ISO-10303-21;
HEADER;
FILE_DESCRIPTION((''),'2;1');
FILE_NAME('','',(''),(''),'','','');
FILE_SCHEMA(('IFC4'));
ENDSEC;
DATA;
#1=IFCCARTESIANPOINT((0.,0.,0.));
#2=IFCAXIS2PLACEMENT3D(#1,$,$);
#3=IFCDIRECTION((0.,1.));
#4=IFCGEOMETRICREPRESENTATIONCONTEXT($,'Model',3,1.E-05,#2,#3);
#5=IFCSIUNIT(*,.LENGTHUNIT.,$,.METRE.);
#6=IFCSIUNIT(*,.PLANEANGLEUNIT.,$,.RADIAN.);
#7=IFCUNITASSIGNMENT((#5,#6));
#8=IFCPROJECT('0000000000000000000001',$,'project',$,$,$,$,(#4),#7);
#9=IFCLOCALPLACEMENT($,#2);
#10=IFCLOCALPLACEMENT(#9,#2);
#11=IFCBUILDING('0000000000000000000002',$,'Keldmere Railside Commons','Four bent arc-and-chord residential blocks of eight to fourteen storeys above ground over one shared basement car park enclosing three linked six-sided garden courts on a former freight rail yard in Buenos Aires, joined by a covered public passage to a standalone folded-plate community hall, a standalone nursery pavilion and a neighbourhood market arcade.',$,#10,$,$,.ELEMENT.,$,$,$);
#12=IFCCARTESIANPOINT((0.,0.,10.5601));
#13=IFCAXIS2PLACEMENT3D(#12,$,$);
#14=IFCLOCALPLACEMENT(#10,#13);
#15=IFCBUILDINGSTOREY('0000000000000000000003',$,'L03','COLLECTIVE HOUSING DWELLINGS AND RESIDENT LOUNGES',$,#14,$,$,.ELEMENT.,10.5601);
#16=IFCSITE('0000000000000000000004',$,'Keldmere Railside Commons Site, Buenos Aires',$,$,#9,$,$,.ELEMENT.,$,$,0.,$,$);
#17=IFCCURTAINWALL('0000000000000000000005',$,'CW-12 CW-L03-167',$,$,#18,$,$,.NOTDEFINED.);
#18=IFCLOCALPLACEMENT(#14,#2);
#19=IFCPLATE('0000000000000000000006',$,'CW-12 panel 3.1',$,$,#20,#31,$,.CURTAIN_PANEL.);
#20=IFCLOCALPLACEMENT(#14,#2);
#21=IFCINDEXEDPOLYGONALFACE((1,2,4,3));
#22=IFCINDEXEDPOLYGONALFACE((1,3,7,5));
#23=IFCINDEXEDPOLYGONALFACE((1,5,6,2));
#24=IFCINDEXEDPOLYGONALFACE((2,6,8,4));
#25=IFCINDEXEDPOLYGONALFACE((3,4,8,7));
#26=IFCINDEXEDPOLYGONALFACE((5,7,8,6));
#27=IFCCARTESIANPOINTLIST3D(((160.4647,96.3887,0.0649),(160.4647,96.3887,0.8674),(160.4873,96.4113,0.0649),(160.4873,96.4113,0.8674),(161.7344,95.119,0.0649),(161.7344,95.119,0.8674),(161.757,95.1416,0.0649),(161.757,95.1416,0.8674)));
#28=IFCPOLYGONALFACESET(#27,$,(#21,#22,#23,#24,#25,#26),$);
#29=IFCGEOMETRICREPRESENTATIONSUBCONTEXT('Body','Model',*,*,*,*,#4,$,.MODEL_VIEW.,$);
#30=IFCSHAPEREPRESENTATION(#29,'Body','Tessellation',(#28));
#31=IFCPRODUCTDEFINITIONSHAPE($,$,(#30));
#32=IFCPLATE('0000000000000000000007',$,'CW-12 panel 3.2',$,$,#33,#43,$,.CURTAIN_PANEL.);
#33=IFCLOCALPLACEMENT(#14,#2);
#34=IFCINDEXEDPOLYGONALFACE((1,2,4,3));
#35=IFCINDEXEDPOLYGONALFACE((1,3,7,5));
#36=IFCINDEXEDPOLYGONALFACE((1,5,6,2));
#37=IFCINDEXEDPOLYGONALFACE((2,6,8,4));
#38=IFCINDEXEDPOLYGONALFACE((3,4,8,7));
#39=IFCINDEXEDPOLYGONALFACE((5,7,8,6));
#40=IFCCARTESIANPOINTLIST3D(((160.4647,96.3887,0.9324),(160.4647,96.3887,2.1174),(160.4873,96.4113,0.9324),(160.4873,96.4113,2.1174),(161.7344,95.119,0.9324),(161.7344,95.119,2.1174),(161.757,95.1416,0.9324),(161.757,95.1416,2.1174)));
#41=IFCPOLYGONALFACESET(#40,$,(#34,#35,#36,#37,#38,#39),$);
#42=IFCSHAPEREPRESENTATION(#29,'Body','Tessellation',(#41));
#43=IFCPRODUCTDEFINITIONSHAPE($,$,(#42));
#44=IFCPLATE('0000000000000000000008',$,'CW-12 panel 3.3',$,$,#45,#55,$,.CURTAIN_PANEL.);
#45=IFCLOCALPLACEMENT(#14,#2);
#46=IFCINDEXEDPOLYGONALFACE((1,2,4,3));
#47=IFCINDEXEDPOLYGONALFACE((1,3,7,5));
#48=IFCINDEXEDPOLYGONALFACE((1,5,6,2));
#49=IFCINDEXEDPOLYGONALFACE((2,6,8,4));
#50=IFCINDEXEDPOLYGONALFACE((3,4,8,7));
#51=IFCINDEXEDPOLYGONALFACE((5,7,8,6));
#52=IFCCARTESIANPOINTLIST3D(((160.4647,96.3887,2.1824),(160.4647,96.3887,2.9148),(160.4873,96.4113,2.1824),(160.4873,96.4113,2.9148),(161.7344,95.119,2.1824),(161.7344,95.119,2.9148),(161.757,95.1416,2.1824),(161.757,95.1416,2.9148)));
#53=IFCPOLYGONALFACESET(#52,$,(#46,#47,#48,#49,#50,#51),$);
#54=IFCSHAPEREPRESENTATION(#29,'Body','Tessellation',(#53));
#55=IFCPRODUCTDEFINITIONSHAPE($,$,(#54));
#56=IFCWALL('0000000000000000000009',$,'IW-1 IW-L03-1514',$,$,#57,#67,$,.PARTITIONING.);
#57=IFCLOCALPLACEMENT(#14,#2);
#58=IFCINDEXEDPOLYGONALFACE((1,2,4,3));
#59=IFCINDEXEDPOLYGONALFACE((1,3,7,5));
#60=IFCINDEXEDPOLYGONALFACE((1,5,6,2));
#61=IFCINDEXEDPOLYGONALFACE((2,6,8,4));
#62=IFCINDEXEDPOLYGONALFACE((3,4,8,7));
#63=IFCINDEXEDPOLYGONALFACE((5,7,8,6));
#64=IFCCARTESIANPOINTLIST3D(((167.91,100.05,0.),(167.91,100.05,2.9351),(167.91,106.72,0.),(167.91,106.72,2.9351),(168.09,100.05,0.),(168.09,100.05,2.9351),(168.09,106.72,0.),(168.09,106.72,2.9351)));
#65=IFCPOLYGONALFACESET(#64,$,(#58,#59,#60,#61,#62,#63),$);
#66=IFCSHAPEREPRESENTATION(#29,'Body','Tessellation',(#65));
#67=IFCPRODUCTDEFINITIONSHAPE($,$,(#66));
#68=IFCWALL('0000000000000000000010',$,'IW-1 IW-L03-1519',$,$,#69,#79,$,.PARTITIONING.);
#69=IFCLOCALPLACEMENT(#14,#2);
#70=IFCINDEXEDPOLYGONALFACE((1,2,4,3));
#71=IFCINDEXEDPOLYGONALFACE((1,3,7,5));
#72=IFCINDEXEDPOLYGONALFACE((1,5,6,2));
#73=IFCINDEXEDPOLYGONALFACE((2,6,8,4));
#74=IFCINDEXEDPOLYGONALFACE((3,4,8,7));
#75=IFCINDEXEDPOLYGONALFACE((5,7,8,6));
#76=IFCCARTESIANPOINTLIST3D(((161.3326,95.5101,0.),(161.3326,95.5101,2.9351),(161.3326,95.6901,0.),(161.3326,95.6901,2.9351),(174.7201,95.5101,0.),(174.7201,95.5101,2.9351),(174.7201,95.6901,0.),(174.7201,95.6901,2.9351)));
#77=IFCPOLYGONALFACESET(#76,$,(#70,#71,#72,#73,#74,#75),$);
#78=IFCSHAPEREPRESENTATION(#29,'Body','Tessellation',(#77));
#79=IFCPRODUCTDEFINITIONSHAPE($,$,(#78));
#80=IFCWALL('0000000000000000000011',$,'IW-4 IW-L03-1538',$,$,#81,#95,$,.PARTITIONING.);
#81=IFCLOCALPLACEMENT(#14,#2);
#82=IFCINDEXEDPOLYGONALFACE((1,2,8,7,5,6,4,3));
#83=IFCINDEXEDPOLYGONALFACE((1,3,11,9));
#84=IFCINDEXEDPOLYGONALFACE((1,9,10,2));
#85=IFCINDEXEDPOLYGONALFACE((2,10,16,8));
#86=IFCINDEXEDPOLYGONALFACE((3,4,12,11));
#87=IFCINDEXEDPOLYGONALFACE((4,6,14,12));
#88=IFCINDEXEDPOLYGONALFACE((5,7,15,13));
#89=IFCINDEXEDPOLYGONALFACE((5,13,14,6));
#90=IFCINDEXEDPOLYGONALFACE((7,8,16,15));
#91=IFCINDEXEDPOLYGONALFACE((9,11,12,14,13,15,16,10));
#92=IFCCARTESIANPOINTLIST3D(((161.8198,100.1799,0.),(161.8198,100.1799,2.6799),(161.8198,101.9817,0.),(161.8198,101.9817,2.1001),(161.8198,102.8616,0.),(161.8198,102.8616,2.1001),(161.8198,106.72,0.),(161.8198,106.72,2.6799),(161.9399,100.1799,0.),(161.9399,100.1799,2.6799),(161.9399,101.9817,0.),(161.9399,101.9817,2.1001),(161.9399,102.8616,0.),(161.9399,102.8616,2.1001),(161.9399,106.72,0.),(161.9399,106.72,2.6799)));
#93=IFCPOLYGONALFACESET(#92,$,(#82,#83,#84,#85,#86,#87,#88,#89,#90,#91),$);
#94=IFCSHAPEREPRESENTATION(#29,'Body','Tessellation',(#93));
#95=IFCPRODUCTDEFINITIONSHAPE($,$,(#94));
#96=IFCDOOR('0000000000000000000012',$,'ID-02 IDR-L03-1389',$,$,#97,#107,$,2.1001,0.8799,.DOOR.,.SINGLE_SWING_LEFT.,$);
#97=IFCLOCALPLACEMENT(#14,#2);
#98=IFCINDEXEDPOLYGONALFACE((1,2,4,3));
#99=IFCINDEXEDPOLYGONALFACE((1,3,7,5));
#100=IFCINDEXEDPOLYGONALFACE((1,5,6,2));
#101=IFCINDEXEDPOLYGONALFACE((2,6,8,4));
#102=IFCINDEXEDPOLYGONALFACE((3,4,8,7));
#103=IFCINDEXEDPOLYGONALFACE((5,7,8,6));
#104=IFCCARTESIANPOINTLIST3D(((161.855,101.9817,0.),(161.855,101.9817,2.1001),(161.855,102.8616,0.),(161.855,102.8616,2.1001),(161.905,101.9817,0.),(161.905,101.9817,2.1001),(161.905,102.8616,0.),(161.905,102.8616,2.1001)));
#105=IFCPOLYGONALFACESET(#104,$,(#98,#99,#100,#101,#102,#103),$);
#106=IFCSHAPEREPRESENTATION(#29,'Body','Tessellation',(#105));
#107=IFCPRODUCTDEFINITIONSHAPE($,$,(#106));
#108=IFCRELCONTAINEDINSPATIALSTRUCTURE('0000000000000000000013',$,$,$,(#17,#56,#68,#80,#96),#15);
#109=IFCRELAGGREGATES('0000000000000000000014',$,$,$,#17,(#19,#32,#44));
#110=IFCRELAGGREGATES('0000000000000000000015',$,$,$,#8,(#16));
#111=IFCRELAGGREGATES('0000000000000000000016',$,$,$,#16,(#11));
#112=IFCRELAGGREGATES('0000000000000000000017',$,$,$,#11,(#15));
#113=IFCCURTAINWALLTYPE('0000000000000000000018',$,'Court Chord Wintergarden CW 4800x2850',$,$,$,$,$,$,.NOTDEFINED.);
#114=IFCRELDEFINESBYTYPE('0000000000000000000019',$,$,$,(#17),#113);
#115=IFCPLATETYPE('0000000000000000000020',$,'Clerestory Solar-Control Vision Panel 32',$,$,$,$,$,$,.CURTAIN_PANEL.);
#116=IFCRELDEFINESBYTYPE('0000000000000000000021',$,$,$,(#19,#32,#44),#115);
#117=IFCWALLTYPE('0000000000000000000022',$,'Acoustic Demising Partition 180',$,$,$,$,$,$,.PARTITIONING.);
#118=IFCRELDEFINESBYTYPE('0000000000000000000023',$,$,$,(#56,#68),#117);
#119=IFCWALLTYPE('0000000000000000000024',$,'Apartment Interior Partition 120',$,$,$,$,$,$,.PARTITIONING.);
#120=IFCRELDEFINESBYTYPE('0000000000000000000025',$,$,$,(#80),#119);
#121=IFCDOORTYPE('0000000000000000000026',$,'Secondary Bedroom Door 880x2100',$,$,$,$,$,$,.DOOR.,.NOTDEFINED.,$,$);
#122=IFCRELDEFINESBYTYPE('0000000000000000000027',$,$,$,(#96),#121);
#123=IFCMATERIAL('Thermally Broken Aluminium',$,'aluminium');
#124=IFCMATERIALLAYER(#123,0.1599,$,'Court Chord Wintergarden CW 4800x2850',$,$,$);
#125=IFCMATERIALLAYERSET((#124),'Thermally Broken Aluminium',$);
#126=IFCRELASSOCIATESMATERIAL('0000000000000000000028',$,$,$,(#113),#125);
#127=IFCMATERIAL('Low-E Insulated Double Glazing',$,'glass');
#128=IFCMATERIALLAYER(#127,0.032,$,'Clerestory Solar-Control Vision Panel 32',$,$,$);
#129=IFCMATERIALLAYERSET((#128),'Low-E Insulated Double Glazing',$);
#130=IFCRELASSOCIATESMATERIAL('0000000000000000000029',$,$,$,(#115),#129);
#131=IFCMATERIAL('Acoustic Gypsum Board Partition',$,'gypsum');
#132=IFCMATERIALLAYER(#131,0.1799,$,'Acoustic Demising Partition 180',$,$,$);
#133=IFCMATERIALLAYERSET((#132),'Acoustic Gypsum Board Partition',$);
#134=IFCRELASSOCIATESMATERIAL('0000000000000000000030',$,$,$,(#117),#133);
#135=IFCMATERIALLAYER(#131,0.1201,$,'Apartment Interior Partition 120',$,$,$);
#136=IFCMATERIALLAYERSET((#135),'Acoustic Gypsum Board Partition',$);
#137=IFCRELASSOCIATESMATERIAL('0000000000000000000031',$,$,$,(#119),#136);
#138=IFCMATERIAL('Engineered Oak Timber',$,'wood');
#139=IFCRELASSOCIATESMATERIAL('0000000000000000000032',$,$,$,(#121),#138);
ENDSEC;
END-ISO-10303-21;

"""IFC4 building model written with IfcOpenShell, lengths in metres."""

from ifc_helpers import new_model, si_unit, direction, frame, frame_2d, origin, origin_2d, place, context, subcontext, project, spatial, rectangle, extrude, material, layer, layer_set, type_object, element, fill, aggregate, save


model = new_model("IFC4")

# Units and contexts
model_context = context("Model", 3, precision=1e-05, world=origin(), true_north=direction((0.0, 1.0)))
body_context = subcontext(model_context, "Body", "Model", "MODEL_VIEW")
ifc_project = project(units=[si_unit("LENGTHUNIT", "METRE"), si_unit("PLANEANGLEUNIT", "RADIAN")], contexts=[model_context])

# Site, building, storey
site_placement = place(None, origin())
site = spatial("IfcSite", under=ifc_project, at=site_placement, Name="Keldmere Railside Commons Site, Buenos Aires", CompositionType="ELEMENT", RefElevation=0.0)
building_placement = place(site_placement, origin())
building = spatial("IfcBuilding", under=site, at=building_placement, Name="Keldmere Railside Commons", Description="Four bent arc-and-chord residential blocks of eight to fourteen storeys above ground over one shared basement car park enclosing three linked six-sided garden courts on a former freight rail yard in Buenos Aires, joined by a covered public passage to a standalone folded-plate community hall, a standalone nursery pavilion and a neighbourhood market arcade.", CompositionType="ELEMENT")
storey_placement = place(building_placement, frame((0.0, 0.0, 10.5601)))
storey = spatial("IfcBuildingStorey", under=building, at=storey_placement, Name="L03", Description="COLLECTIVE HOUSING DWELLINGS AND RESIDENT LOUNGES", CompositionType="ELEMENT", Elevation=10.5601)

# Curtain wall
ifc_material_1 = material(Name="Thermally Broken Aluminium", Category="aluminium")
ifc_layer_1 = layer(ifc_material_1, 0.1599, Name="Court Chord Wintergarden CW 4800x2850")
ifc_layer_set_1 = layer_set([ifc_layer_1], Name="Thermally Broken Aluminium")
curtain_wall_type_1 = type_object("IfcCurtainWallType", Name="Court Chord Wintergarden CW 4800x2850", PredefinedType="NOTDEFINED", material=ifc_layer_set_1)
curtain_wall_1_placement = place(storey_placement, origin())
curtain_wall_1 = element("IfcCurtainWall", 1, at=curtain_wall_1_placement, inside=storey, type_object=curtain_wall_type_1, Name="CW-12 CW-L03-167", PredefinedType="NOTDEFINED")

# Plates
ifc_material_2 = material(Name="Low-E Insulated Double Glazing", Category="glass")
ifc_layer_2 = layer(ifc_material_2, 0.032, Name="Clerestory Solar-Control Vision Panel 32")
ifc_layer_set_2 = layer_set([ifc_layer_2], Name="Low-E Insulated Double Glazing")
plate_type_1 = type_object("IfcPlateType", Name="Clerestory Solar-Control Vision Panel 32", PredefinedType="CURTAIN_PANEL", material=ifc_layer_set_2)
plate_1_placement = place(storey_placement, frame((161.1108, 95.7651, 0.0649), z_axis=(0.0, 0.0, 1.0), x_axis=(-0.707107, 0.707107, 0.0)))
plate_1 = element("IfcPlate", 2, at=plate_1_placement, type_object=plate_type_1, Name="CW-12 panel 3.1", PredefinedType="CURTAIN_PANEL", context=body_context, shape_type="SweptSolid", body=[
    extrude(rectangle(XDim=1.7957, YDim=0.032, at=origin_2d()), origin(), (0.0, 0.0, 1.0), 0.8025),
])
plate_2_placement = place(storey_placement, frame((161.1108, 95.7651, 0.9324), z_axis=(0.0, 0.0, 1.0), x_axis=(-0.707107, 0.707107, 0.0)))
plate_2 = element("IfcPlate", 3, at=plate_2_placement, type_object=plate_type_1, Name="CW-12 panel 3.2", PredefinedType="CURTAIN_PANEL", context=body_context, shape_type="SweptSolid", body=[
    extrude(rectangle(XDim=1.7957, YDim=0.032, at=origin_2d()), origin(), (0.0, 0.0, 1.0), 1.1851),
])
plate_3_placement = place(storey_placement, frame((161.1108, 95.7651, 2.1824), z_axis=(0.0, 0.0, 1.0), x_axis=(-0.707107, 0.707107, 0.0)))
plate_3 = element("IfcPlate", 4, at=plate_3_placement, type_object=plate_type_1, Name="CW-12 panel 3.3", PredefinedType="CURTAIN_PANEL", context=body_context, shape_type="SweptSolid", body=[
    extrude(rectangle(XDim=1.7957, YDim=0.032, at=origin_2d()), origin(), (0.0, 0.0, 1.0), 0.7324),
])
aggregate(curtain_wall_1, [plate_1, plate_2, plate_3])

# Walls
ifc_material_3 = material(Name="Acoustic Gypsum Board Partition", Category="gypsum")
ifc_layer_3 = layer(ifc_material_3, 0.1799, Name="Acoustic Demising Partition 180")
ifc_layer_set_3 = layer_set([ifc_layer_3], Name="Acoustic Gypsum Board Partition")
wall_type_1 = type_object("IfcWallType", Name="Acoustic Demising Partition 180", PredefinedType="PARTITIONING", material=ifc_layer_set_3)
wall_1_placement = place(storey_placement, frame((168.0, 100.05, 0.0), z_axis=(0.0, 0.0, 1.0), x_axis=(0.0, 1.0, 0.0)))
element("IfcWall", 5, at=wall_1_placement, inside=storey, type_object=wall_type_1, Name="IW-1 IW-L03-1514", PredefinedType="PARTITIONING", context=body_context, shape_type="SweptSolid", body=[
    extrude(rectangle(XDim=6.6699, YDim=0.1799, at=frame_2d((3.335, 0.0))), origin(), (0.0, 0.0, 1.0), 2.9351),
])
wall_2_placement = place(storey_placement, frame((161.3325, 95.6001, 0.0), z_axis=(0.0, 0.0, 1.0), x_axis=(1.0, 0.0, 0.0)))
element("IfcWall", 6, at=wall_2_placement, inside=storey, type_object=wall_type_1, Name="IW-1 IW-L03-1519", PredefinedType="PARTITIONING", context=body_context, shape_type="SweptSolid", body=[
    extrude(rectangle(XDim=13.3875, YDim=0.1799, at=frame_2d((6.6938, 0.0))), origin(), (0.0, 0.0, 1.0), 2.9351),
])

# Wall, opening, door
ifc_layer_4 = layer(ifc_material_3, 0.1201, Name="Apartment Interior Partition 120")
ifc_layer_set_4 = layer_set([ifc_layer_4], Name="Acoustic Gypsum Board Partition")
wall_type_2 = type_object("IfcWallType", Name="Apartment Interior Partition 120", PredefinedType="PARTITIONING", material=ifc_layer_set_4)
wall_3_placement = place(storey_placement, frame((161.8799, 100.1799, 0.0), z_axis=(0.0, 0.0, 1.0), x_axis=(0.0, 1.0, 0.0)))
wall_3 = element("IfcWall", 7, at=wall_3_placement, inside=storey, type_object=wall_type_2, Name="IW-4 IW-L03-1538", PredefinedType="PARTITIONING", context=body_context, shape_type="SweptSolid", body=[
    extrude(rectangle(XDim=6.54, YDim=0.1201, at=frame_2d((3.27, 0.0))), origin(), (0.0, 0.0, 1.0), 2.6799),
])
opening_placement = place(wall_3_placement, frame((1.8018, 0.0, 0.0)))
opening = element("IfcOpeningElement", 8, at=opening_placement, cuts=wall_3, PredefinedType="OPENING", context=body_context, shape_type="SweptSolid", body=[
    extrude(rectangle(XDim=0.8799, YDim=2.1001, at=frame_2d((0.4399, 1.05))), frame((0.0, 0.0701, 0.0), z_axis=(0.0, -1.0, 0.0), x_axis=(1.0, 0.0, 0.0)), (0.0, 0.0, 1.0), 0.1401),
])
ifc_material_4 = material(Name="Engineered Oak Timber", Category="wood")
door_type = type_object("IfcDoorType", Name="Secondary Bedroom Door 880x2100", OperationType="NOTDEFINED", PredefinedType="DOOR", material=ifc_material_4)
door_placement = place(opening_placement, origin())
door = element("IfcDoor", 9, at=door_placement, inside=storey, type_object=door_type, Name="ID-02 IDR-L03-1389", OperationType="SINGLE_SWING_LEFT", OverallHeight=2.1001, OverallWidth=0.8799, PredefinedType="DOOR", context=body_context, shape_type="SweptSolid", body=[
    extrude(rectangle(XDim=0.8799, YDim=2.1001, at=frame_2d((0.4399, 1.05))), frame((0.0, 0.0249, 0.0), z_axis=(0.0, -1.0, 0.0), x_axis=(1.0, 0.0, 0.0)), (0.0, 0.0, 1.0), 0.05),
])
fill(opening, door)

save(model, "model.ifc")
